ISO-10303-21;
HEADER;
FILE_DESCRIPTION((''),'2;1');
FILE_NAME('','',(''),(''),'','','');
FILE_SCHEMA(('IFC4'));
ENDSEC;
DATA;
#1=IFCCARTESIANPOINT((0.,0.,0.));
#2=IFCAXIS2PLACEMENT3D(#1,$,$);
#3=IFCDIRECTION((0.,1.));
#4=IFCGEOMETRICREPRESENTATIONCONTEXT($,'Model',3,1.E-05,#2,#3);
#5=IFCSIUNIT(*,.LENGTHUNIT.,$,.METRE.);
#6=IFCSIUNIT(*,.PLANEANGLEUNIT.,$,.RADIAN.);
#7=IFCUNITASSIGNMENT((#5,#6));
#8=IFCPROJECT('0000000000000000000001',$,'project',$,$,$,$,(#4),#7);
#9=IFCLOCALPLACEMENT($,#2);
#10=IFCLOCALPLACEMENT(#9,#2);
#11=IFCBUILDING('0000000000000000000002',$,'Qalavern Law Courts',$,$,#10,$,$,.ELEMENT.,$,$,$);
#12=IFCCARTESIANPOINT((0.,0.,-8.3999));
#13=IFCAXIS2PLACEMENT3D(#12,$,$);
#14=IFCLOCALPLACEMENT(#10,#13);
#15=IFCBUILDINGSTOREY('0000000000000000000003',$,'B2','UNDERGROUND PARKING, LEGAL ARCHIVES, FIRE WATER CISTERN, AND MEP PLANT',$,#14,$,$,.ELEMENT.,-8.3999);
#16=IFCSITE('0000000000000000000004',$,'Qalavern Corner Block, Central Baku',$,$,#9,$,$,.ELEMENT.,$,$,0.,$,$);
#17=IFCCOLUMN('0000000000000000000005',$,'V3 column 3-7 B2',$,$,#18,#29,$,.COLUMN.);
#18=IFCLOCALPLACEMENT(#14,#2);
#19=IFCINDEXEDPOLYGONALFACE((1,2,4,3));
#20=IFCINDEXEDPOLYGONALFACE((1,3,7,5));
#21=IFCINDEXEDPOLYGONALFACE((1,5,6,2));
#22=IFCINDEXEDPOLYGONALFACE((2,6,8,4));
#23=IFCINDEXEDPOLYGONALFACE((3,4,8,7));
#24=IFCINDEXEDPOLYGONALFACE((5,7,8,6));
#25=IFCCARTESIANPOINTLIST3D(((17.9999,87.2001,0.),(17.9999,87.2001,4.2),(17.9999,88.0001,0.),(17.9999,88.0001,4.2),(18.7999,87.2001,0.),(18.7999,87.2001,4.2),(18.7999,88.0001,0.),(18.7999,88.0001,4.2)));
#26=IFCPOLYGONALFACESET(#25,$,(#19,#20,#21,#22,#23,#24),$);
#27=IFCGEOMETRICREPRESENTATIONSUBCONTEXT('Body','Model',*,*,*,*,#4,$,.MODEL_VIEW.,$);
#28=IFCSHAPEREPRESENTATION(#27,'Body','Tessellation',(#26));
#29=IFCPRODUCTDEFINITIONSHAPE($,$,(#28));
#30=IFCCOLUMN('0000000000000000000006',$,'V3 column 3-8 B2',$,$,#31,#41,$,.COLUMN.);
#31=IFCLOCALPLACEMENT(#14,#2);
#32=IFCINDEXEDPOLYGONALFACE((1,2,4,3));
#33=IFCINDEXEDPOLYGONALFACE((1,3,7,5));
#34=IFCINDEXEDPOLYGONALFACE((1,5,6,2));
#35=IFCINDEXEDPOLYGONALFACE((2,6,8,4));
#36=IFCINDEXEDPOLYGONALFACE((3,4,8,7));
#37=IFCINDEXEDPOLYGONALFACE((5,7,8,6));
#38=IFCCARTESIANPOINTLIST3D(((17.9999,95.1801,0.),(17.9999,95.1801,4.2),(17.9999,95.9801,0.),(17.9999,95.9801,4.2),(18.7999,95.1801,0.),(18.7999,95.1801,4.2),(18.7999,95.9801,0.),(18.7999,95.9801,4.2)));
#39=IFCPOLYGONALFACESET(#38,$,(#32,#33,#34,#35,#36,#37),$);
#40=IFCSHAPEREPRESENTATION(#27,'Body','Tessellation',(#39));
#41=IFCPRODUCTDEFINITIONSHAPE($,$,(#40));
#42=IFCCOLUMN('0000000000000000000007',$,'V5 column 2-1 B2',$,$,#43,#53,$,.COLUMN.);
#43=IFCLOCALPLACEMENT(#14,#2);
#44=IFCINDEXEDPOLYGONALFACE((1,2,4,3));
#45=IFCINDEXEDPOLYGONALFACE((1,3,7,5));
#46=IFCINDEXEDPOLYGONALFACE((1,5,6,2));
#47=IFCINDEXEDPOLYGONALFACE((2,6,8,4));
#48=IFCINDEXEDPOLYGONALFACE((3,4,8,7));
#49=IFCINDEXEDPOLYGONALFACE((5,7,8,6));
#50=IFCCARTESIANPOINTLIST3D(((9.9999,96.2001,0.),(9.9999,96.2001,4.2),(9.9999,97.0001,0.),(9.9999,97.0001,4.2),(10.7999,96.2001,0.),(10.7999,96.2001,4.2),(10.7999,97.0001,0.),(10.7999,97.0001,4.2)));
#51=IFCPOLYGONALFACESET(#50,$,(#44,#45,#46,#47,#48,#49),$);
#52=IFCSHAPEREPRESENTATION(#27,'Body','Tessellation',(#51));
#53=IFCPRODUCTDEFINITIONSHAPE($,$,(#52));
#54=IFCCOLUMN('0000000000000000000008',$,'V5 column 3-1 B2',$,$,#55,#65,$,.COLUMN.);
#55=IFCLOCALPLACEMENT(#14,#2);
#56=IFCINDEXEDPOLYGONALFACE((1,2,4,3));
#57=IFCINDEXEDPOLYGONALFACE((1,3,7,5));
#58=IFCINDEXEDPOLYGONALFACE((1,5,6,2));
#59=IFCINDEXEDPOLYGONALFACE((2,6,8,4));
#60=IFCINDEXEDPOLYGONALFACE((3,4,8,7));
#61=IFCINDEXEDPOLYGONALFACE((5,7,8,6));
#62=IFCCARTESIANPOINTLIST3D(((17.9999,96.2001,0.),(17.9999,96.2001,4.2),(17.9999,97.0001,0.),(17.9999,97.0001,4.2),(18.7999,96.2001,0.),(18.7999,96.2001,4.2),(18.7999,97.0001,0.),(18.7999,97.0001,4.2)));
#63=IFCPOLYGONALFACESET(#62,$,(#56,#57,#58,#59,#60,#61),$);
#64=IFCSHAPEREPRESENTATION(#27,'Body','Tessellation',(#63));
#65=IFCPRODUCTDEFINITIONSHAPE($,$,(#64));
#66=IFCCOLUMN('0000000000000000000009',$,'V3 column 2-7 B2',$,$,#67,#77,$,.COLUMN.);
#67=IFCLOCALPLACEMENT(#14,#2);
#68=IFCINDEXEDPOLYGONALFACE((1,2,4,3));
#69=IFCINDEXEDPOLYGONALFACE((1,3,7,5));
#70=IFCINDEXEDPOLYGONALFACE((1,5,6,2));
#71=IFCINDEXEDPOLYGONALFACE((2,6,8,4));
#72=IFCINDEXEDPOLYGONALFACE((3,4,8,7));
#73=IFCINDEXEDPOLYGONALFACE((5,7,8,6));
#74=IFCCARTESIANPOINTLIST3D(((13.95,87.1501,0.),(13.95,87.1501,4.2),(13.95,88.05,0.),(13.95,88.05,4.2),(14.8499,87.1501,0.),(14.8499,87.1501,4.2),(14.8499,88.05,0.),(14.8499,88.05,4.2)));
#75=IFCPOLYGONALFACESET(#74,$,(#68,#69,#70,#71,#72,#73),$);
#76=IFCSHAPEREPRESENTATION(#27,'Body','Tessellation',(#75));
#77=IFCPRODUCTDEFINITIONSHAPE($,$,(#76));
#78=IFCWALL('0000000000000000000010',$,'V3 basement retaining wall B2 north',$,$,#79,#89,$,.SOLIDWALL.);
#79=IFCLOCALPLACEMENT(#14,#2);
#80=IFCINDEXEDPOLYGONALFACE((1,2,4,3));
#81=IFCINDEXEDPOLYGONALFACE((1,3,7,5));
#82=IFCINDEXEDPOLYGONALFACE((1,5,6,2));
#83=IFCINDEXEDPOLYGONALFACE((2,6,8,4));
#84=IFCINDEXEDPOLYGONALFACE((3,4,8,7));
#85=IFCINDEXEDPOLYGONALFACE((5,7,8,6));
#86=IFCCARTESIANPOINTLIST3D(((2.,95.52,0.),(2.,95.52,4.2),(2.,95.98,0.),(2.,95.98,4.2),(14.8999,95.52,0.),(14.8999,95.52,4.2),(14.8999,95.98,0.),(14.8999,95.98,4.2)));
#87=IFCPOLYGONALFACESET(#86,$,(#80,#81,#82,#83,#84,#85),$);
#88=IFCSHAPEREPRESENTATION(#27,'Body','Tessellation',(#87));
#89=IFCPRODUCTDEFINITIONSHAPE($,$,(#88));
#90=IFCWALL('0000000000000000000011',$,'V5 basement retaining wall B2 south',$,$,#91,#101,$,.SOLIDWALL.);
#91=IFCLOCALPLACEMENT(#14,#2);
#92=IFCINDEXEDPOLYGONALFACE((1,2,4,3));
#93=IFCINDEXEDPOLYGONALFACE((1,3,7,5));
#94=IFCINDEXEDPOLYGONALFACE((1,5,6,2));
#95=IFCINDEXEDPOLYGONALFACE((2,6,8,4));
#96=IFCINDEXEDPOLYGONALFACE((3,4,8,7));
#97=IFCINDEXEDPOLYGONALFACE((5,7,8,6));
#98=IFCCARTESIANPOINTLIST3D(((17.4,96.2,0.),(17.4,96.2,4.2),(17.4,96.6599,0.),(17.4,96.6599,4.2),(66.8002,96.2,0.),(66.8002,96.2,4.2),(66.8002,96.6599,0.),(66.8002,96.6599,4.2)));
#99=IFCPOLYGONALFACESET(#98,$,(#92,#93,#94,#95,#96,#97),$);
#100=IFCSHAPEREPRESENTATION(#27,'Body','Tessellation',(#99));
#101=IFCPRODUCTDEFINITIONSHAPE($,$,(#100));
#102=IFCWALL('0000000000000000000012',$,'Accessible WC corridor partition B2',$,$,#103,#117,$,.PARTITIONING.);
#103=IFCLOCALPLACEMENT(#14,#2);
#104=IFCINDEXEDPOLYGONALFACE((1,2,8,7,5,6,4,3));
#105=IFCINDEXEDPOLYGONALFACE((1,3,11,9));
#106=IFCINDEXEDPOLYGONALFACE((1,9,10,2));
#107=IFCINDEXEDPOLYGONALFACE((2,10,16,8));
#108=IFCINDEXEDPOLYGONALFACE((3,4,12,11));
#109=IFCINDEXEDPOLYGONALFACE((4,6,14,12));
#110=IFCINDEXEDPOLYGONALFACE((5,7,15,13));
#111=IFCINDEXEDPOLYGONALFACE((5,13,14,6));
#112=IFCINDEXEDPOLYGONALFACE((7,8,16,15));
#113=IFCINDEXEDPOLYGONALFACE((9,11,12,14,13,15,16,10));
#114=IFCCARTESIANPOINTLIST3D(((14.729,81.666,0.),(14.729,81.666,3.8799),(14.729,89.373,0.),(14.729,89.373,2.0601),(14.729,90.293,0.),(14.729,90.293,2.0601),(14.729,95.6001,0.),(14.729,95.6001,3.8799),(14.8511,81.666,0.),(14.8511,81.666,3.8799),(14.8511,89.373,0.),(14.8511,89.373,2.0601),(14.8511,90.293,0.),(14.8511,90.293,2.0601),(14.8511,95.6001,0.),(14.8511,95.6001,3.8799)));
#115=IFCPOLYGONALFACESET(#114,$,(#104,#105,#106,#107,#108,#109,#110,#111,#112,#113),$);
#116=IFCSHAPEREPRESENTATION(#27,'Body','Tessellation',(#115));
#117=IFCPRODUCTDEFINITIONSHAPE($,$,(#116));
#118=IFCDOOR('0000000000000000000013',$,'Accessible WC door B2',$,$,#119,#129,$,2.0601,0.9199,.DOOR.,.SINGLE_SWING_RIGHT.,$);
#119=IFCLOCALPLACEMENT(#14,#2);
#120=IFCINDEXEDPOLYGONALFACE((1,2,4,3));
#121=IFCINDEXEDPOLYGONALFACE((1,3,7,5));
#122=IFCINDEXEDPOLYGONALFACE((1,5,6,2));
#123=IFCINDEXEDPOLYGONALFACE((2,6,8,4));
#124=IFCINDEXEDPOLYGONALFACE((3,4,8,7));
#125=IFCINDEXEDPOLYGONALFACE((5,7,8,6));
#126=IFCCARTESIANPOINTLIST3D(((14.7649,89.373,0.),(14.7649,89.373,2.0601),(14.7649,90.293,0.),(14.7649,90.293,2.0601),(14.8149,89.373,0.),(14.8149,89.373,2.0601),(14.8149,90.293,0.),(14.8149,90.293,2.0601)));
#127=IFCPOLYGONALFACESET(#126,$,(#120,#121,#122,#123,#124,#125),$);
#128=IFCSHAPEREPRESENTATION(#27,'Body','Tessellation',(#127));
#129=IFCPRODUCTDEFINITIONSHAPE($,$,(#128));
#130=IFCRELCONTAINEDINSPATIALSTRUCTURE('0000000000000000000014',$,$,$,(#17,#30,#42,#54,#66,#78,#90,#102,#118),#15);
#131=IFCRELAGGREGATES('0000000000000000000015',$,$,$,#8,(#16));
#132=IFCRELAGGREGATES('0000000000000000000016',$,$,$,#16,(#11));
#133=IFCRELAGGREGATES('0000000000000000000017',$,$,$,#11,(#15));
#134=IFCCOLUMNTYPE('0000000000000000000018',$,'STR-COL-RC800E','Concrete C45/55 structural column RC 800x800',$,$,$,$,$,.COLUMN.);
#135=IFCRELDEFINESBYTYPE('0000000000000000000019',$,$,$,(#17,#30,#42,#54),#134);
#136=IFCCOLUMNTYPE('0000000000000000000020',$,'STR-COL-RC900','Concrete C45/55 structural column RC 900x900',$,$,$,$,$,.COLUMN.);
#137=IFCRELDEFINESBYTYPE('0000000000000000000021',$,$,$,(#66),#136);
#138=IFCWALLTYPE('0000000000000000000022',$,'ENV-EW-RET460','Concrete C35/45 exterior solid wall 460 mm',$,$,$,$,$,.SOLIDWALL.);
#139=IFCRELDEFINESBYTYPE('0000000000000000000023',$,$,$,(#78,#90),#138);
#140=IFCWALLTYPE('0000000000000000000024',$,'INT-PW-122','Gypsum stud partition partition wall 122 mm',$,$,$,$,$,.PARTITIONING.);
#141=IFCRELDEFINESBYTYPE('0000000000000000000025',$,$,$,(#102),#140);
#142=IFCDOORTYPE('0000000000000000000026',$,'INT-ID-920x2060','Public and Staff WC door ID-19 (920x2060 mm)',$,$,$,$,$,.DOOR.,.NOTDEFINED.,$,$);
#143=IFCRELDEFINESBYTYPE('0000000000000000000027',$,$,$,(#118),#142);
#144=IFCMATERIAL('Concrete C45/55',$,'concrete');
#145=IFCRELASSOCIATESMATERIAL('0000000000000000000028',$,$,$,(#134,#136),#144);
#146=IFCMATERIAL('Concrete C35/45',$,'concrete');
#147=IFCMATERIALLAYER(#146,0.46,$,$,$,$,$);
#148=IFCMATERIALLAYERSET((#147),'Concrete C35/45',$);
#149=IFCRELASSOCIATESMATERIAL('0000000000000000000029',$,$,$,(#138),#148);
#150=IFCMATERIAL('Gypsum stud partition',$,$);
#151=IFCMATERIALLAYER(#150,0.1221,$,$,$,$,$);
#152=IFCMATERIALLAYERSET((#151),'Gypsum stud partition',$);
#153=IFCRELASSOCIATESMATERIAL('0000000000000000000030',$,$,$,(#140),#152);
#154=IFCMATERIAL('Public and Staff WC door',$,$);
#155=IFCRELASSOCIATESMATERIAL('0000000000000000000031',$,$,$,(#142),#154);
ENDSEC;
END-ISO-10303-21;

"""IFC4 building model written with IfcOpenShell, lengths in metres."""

from ifc_helpers import new_model, si_unit, direction, frame, frame_2d, origin, origin_2d, place, context, subcontext, project, spatial, rectangle, extrude, material, layer, layer_set, material_profile, profile_set, type_object, element, fill, save


model = new_model("IFC4")

# Units and contexts
model_context = context("Model", 3, precision=1e-05, world=origin(), true_north=direction((0.0, 1.0)))
body_context = subcontext(model_context, "Body", "Model", "MODEL_VIEW")
ifc_project = project(units=[si_unit("LENGTHUNIT", "METRE"), si_unit("PLANEANGLEUNIT", "RADIAN")], contexts=[model_context])

# Site, building, storey
site_placement = place(None, origin())
site = spatial("IfcSite", under=ifc_project, at=site_placement, Name="Qalavern Corner Block, Central Baku", CompositionType="ELEMENT", RefElevation=0.0)
building_placement = place(site_placement, origin())
building = spatial("IfcBuilding", under=site, at=building_placement, Name="Qalavern Law Courts", CompositionType="ELEMENT")
storey_placement = place(building_placement, frame((0.0, 0.0, -8.3999)))
storey = spatial("IfcBuildingStorey", under=building, at=storey_placement, Name="B2", Description="UNDERGROUND PARKING, LEGAL ARCHIVES, FIRE WATER CISTERN, AND MEP PLANT", CompositionType="ELEMENT", Elevation=-8.3999)

# Shared definitions
ifc_material_1 = material(Name="Concrete C35/45", Category="concrete")

# Columns
ifc_material_2 = material(Name="Concrete C45/55", Category="concrete")
ifc_material_profile_1 = material_profile(ifc_material_2, rectangle(XDim=0.8, YDim=0.8, at=origin_2d()), Name="RC 800x800")
ifc_profile_set_1 = profile_set([ifc_material_profile_1], Name="Concrete C45/55")
column_type_1 = type_object("IfcColumnType", Name="STR-COL-RC800E", Description="Concrete C45/55 structural column RC 800x800", PredefinedType="COLUMN", material=ifc_profile_set_1)
for number, where, z_axis, x_axis, name in (
    (1, (18.3999, 87.6001, 0.0), (0.0, 0.0, 1.0), (1.0, 0.0, 0.0), "V3 column 3-7 B2"),
    (2, (18.3999, 95.5801, 0.0), (0.0, 0.0, 1.0), (1.0, 0.0, 0.0), "V3 column 3-8 B2"),
    (3, (10.3999, 96.6001, 0.0), (0.0, 0.0, 1.0), (1.0, 0.0, 0.0), "V5 column 2-1 B2"),
    (4, (18.3999, 96.6001, 0.0), (0.0, 0.0, 1.0), (1.0, 0.0, 0.0), "V5 column 3-1 B2"),
):
    element("IfcColumn", number, at=place(storey_placement, frame(where, z_axis=z_axis, x_axis=x_axis)), inside=storey, type_object=column_type_1, Name=name, PredefinedType="COLUMN", context=body_context, shape_type="SweptSolid", body=[
        extrude(rectangle(XDim=0.8, YDim=0.8, at=origin_2d()), origin(), (0.0, 0.0, 1.0), 4.2),
    ])
ifc_material_profile_2 = material_profile(ifc_material_2, rectangle(XDim=0.8999, YDim=0.8999, at=origin_2d()), Name="RC 900x900")
ifc_profile_set_2 = profile_set([ifc_material_profile_2], Name="Concrete C45/55")
column_type_2 = type_object("IfcColumnType", Name="STR-COL-RC900", Description="Concrete C45/55 structural column RC 900x900", PredefinedType="COLUMN", material=ifc_profile_set_2)
column_placement = place(storey_placement, frame((14.3999, 87.6001, 0.0), z_axis=(0.0, 0.0, 1.0), x_axis=(1.0, 0.0, 0.0)))
element("IfcColumn", 5, at=column_placement, inside=storey, type_object=column_type_2, Name="V3 column 2-7 B2", PredefinedType="COLUMN", context=body_context, shape_type="SweptSolid", body=[
    extrude(rectangle(XDim=0.8999, YDim=0.8999, at=origin_2d()), origin(), (0.0, 0.0, 1.0), 4.2),
])

# Walls
ifc_layer_1 = layer(ifc_material_1, 0.46)
ifc_layer_set_1 = layer_set([ifc_layer_1], Name="Concrete C35/45")
wall_type_1 = type_object("IfcWallType", Name="ENV-EW-RET460", Description="Concrete C35/45 exterior solid wall 460 mm", PredefinedType="SOLIDWALL", material=ifc_layer_set_1)
wall_1_placement = place(storey_placement, frame((14.8999, 95.75, 0.0), z_axis=(0.0, 0.0, 1.0), x_axis=(-1.0, 0.0, 0.0)))
element("IfcWall", 6, at=wall_1_placement, inside=storey, type_object=wall_type_1, Name="V3 basement retaining wall B2 north", PredefinedType="SOLIDWALL", context=body_context, shape_type="SweptSolid", body=[
    extrude(rectangle(XDim=12.8999, YDim=0.46, at=frame_2d((6.45, 0.0))), origin(), (0.0, 0.0, 1.0), 4.2),
])
wall_2_placement = place(storey_placement, frame((17.3999, 96.4299, 0.0), z_axis=(0.0, 0.0, 1.0), x_axis=(1.0, 0.0, 0.0)))
element("IfcWall", 7, at=wall_2_placement, inside=storey, type_object=wall_type_1, Name="V5 basement retaining wall B2 south", PredefinedType="SOLIDWALL", context=body_context, shape_type="SweptSolid", body=[
    extrude(rectangle(XDim=49.4001, YDim=0.46, at=frame_2d((24.7002, 0.0))), origin(), (0.0, 0.0, 1.0), 4.2),
])

# Wall, opening, door
ifc_material_3 = material(Name="Gypsum stud partition")
ifc_layer_2 = layer(ifc_material_3, 0.1221)
ifc_layer_set_2 = layer_set([ifc_layer_2], Name="Gypsum stud partition")
wall_type_2 = type_object("IfcWallType", Name="INT-PW-122", Description="Gypsum stud partition partition wall 122 mm", PredefinedType="PARTITIONING", material=ifc_layer_set_2)
wall_3_placement = place(storey_placement, frame((14.79, 81.666, 0.0), z_axis=(0.0, 0.0, 1.0), x_axis=(0.0, 1.0, 0.0)))
wall_3 = element("IfcWall", 8, at=wall_3_placement, inside=storey, type_object=wall_type_2, Name="Accessible WC corridor partition B2", PredefinedType="PARTITIONING", context=body_context, shape_type="SweptSolid", body=[
    extrude(rectangle(XDim=13.9341, YDim=0.1221, at=frame_2d((6.967, 0.0))), origin(), (0.0, 0.0, 1.0), 3.8799),
])
opening_placement = place(wall_3_placement, frame((7.707, 0.0, 0.0)))
opening = element("IfcOpeningElement", 9, at=opening_placement, cuts=wall_3, PredefinedType="OPENING", context=body_context, shape_type="SweptSolid", body=[
    extrude(rectangle(XDim=0.9199, YDim=2.0601, at=frame_2d((0.46, 1.03))), frame((0.0, 0.0759, 0.0), z_axis=(0.0, -1.0, 0.0), x_axis=(1.0, 0.0, 0.0)), (0.0, 0.0, 1.0), 0.1519),
])
ifc_material_4 = material(Name="Public and Staff WC door")
door_type = type_object("IfcDoorType", Name="INT-ID-920x2060", Description="Public and Staff WC door ID-19 (920x2060 mm)", OperationType="NOTDEFINED", PredefinedType="DOOR", material=ifc_material_4)
door_placement = place(opening_placement, frame((0.9199, 0.0, 0.0), z_axis=(0.0, 0.0, 1.0), x_axis=(-1.0, 0.0, 0.0)))
door = element("IfcDoor", 10, at=door_placement, inside=storey, type_object=door_type, Name="Accessible WC door B2", OperationType="SINGLE_SWING_RIGHT", OverallHeight=2.0601, OverallWidth=0.9199, PredefinedType="DOOR", context=body_context, shape_type="SweptSolid", body=[
    extrude(rectangle(XDim=0.9199, YDim=2.0601, at=frame_2d((0.46, 1.03))), frame((0.0, 0.0249, 0.0), z_axis=(0.0, -1.0, 0.0), x_axis=(1.0, 0.0, 0.0)), (0.0, 0.0, 1.0), 0.05),
])
fill(opening, door)

save(model, "model.ifc")
